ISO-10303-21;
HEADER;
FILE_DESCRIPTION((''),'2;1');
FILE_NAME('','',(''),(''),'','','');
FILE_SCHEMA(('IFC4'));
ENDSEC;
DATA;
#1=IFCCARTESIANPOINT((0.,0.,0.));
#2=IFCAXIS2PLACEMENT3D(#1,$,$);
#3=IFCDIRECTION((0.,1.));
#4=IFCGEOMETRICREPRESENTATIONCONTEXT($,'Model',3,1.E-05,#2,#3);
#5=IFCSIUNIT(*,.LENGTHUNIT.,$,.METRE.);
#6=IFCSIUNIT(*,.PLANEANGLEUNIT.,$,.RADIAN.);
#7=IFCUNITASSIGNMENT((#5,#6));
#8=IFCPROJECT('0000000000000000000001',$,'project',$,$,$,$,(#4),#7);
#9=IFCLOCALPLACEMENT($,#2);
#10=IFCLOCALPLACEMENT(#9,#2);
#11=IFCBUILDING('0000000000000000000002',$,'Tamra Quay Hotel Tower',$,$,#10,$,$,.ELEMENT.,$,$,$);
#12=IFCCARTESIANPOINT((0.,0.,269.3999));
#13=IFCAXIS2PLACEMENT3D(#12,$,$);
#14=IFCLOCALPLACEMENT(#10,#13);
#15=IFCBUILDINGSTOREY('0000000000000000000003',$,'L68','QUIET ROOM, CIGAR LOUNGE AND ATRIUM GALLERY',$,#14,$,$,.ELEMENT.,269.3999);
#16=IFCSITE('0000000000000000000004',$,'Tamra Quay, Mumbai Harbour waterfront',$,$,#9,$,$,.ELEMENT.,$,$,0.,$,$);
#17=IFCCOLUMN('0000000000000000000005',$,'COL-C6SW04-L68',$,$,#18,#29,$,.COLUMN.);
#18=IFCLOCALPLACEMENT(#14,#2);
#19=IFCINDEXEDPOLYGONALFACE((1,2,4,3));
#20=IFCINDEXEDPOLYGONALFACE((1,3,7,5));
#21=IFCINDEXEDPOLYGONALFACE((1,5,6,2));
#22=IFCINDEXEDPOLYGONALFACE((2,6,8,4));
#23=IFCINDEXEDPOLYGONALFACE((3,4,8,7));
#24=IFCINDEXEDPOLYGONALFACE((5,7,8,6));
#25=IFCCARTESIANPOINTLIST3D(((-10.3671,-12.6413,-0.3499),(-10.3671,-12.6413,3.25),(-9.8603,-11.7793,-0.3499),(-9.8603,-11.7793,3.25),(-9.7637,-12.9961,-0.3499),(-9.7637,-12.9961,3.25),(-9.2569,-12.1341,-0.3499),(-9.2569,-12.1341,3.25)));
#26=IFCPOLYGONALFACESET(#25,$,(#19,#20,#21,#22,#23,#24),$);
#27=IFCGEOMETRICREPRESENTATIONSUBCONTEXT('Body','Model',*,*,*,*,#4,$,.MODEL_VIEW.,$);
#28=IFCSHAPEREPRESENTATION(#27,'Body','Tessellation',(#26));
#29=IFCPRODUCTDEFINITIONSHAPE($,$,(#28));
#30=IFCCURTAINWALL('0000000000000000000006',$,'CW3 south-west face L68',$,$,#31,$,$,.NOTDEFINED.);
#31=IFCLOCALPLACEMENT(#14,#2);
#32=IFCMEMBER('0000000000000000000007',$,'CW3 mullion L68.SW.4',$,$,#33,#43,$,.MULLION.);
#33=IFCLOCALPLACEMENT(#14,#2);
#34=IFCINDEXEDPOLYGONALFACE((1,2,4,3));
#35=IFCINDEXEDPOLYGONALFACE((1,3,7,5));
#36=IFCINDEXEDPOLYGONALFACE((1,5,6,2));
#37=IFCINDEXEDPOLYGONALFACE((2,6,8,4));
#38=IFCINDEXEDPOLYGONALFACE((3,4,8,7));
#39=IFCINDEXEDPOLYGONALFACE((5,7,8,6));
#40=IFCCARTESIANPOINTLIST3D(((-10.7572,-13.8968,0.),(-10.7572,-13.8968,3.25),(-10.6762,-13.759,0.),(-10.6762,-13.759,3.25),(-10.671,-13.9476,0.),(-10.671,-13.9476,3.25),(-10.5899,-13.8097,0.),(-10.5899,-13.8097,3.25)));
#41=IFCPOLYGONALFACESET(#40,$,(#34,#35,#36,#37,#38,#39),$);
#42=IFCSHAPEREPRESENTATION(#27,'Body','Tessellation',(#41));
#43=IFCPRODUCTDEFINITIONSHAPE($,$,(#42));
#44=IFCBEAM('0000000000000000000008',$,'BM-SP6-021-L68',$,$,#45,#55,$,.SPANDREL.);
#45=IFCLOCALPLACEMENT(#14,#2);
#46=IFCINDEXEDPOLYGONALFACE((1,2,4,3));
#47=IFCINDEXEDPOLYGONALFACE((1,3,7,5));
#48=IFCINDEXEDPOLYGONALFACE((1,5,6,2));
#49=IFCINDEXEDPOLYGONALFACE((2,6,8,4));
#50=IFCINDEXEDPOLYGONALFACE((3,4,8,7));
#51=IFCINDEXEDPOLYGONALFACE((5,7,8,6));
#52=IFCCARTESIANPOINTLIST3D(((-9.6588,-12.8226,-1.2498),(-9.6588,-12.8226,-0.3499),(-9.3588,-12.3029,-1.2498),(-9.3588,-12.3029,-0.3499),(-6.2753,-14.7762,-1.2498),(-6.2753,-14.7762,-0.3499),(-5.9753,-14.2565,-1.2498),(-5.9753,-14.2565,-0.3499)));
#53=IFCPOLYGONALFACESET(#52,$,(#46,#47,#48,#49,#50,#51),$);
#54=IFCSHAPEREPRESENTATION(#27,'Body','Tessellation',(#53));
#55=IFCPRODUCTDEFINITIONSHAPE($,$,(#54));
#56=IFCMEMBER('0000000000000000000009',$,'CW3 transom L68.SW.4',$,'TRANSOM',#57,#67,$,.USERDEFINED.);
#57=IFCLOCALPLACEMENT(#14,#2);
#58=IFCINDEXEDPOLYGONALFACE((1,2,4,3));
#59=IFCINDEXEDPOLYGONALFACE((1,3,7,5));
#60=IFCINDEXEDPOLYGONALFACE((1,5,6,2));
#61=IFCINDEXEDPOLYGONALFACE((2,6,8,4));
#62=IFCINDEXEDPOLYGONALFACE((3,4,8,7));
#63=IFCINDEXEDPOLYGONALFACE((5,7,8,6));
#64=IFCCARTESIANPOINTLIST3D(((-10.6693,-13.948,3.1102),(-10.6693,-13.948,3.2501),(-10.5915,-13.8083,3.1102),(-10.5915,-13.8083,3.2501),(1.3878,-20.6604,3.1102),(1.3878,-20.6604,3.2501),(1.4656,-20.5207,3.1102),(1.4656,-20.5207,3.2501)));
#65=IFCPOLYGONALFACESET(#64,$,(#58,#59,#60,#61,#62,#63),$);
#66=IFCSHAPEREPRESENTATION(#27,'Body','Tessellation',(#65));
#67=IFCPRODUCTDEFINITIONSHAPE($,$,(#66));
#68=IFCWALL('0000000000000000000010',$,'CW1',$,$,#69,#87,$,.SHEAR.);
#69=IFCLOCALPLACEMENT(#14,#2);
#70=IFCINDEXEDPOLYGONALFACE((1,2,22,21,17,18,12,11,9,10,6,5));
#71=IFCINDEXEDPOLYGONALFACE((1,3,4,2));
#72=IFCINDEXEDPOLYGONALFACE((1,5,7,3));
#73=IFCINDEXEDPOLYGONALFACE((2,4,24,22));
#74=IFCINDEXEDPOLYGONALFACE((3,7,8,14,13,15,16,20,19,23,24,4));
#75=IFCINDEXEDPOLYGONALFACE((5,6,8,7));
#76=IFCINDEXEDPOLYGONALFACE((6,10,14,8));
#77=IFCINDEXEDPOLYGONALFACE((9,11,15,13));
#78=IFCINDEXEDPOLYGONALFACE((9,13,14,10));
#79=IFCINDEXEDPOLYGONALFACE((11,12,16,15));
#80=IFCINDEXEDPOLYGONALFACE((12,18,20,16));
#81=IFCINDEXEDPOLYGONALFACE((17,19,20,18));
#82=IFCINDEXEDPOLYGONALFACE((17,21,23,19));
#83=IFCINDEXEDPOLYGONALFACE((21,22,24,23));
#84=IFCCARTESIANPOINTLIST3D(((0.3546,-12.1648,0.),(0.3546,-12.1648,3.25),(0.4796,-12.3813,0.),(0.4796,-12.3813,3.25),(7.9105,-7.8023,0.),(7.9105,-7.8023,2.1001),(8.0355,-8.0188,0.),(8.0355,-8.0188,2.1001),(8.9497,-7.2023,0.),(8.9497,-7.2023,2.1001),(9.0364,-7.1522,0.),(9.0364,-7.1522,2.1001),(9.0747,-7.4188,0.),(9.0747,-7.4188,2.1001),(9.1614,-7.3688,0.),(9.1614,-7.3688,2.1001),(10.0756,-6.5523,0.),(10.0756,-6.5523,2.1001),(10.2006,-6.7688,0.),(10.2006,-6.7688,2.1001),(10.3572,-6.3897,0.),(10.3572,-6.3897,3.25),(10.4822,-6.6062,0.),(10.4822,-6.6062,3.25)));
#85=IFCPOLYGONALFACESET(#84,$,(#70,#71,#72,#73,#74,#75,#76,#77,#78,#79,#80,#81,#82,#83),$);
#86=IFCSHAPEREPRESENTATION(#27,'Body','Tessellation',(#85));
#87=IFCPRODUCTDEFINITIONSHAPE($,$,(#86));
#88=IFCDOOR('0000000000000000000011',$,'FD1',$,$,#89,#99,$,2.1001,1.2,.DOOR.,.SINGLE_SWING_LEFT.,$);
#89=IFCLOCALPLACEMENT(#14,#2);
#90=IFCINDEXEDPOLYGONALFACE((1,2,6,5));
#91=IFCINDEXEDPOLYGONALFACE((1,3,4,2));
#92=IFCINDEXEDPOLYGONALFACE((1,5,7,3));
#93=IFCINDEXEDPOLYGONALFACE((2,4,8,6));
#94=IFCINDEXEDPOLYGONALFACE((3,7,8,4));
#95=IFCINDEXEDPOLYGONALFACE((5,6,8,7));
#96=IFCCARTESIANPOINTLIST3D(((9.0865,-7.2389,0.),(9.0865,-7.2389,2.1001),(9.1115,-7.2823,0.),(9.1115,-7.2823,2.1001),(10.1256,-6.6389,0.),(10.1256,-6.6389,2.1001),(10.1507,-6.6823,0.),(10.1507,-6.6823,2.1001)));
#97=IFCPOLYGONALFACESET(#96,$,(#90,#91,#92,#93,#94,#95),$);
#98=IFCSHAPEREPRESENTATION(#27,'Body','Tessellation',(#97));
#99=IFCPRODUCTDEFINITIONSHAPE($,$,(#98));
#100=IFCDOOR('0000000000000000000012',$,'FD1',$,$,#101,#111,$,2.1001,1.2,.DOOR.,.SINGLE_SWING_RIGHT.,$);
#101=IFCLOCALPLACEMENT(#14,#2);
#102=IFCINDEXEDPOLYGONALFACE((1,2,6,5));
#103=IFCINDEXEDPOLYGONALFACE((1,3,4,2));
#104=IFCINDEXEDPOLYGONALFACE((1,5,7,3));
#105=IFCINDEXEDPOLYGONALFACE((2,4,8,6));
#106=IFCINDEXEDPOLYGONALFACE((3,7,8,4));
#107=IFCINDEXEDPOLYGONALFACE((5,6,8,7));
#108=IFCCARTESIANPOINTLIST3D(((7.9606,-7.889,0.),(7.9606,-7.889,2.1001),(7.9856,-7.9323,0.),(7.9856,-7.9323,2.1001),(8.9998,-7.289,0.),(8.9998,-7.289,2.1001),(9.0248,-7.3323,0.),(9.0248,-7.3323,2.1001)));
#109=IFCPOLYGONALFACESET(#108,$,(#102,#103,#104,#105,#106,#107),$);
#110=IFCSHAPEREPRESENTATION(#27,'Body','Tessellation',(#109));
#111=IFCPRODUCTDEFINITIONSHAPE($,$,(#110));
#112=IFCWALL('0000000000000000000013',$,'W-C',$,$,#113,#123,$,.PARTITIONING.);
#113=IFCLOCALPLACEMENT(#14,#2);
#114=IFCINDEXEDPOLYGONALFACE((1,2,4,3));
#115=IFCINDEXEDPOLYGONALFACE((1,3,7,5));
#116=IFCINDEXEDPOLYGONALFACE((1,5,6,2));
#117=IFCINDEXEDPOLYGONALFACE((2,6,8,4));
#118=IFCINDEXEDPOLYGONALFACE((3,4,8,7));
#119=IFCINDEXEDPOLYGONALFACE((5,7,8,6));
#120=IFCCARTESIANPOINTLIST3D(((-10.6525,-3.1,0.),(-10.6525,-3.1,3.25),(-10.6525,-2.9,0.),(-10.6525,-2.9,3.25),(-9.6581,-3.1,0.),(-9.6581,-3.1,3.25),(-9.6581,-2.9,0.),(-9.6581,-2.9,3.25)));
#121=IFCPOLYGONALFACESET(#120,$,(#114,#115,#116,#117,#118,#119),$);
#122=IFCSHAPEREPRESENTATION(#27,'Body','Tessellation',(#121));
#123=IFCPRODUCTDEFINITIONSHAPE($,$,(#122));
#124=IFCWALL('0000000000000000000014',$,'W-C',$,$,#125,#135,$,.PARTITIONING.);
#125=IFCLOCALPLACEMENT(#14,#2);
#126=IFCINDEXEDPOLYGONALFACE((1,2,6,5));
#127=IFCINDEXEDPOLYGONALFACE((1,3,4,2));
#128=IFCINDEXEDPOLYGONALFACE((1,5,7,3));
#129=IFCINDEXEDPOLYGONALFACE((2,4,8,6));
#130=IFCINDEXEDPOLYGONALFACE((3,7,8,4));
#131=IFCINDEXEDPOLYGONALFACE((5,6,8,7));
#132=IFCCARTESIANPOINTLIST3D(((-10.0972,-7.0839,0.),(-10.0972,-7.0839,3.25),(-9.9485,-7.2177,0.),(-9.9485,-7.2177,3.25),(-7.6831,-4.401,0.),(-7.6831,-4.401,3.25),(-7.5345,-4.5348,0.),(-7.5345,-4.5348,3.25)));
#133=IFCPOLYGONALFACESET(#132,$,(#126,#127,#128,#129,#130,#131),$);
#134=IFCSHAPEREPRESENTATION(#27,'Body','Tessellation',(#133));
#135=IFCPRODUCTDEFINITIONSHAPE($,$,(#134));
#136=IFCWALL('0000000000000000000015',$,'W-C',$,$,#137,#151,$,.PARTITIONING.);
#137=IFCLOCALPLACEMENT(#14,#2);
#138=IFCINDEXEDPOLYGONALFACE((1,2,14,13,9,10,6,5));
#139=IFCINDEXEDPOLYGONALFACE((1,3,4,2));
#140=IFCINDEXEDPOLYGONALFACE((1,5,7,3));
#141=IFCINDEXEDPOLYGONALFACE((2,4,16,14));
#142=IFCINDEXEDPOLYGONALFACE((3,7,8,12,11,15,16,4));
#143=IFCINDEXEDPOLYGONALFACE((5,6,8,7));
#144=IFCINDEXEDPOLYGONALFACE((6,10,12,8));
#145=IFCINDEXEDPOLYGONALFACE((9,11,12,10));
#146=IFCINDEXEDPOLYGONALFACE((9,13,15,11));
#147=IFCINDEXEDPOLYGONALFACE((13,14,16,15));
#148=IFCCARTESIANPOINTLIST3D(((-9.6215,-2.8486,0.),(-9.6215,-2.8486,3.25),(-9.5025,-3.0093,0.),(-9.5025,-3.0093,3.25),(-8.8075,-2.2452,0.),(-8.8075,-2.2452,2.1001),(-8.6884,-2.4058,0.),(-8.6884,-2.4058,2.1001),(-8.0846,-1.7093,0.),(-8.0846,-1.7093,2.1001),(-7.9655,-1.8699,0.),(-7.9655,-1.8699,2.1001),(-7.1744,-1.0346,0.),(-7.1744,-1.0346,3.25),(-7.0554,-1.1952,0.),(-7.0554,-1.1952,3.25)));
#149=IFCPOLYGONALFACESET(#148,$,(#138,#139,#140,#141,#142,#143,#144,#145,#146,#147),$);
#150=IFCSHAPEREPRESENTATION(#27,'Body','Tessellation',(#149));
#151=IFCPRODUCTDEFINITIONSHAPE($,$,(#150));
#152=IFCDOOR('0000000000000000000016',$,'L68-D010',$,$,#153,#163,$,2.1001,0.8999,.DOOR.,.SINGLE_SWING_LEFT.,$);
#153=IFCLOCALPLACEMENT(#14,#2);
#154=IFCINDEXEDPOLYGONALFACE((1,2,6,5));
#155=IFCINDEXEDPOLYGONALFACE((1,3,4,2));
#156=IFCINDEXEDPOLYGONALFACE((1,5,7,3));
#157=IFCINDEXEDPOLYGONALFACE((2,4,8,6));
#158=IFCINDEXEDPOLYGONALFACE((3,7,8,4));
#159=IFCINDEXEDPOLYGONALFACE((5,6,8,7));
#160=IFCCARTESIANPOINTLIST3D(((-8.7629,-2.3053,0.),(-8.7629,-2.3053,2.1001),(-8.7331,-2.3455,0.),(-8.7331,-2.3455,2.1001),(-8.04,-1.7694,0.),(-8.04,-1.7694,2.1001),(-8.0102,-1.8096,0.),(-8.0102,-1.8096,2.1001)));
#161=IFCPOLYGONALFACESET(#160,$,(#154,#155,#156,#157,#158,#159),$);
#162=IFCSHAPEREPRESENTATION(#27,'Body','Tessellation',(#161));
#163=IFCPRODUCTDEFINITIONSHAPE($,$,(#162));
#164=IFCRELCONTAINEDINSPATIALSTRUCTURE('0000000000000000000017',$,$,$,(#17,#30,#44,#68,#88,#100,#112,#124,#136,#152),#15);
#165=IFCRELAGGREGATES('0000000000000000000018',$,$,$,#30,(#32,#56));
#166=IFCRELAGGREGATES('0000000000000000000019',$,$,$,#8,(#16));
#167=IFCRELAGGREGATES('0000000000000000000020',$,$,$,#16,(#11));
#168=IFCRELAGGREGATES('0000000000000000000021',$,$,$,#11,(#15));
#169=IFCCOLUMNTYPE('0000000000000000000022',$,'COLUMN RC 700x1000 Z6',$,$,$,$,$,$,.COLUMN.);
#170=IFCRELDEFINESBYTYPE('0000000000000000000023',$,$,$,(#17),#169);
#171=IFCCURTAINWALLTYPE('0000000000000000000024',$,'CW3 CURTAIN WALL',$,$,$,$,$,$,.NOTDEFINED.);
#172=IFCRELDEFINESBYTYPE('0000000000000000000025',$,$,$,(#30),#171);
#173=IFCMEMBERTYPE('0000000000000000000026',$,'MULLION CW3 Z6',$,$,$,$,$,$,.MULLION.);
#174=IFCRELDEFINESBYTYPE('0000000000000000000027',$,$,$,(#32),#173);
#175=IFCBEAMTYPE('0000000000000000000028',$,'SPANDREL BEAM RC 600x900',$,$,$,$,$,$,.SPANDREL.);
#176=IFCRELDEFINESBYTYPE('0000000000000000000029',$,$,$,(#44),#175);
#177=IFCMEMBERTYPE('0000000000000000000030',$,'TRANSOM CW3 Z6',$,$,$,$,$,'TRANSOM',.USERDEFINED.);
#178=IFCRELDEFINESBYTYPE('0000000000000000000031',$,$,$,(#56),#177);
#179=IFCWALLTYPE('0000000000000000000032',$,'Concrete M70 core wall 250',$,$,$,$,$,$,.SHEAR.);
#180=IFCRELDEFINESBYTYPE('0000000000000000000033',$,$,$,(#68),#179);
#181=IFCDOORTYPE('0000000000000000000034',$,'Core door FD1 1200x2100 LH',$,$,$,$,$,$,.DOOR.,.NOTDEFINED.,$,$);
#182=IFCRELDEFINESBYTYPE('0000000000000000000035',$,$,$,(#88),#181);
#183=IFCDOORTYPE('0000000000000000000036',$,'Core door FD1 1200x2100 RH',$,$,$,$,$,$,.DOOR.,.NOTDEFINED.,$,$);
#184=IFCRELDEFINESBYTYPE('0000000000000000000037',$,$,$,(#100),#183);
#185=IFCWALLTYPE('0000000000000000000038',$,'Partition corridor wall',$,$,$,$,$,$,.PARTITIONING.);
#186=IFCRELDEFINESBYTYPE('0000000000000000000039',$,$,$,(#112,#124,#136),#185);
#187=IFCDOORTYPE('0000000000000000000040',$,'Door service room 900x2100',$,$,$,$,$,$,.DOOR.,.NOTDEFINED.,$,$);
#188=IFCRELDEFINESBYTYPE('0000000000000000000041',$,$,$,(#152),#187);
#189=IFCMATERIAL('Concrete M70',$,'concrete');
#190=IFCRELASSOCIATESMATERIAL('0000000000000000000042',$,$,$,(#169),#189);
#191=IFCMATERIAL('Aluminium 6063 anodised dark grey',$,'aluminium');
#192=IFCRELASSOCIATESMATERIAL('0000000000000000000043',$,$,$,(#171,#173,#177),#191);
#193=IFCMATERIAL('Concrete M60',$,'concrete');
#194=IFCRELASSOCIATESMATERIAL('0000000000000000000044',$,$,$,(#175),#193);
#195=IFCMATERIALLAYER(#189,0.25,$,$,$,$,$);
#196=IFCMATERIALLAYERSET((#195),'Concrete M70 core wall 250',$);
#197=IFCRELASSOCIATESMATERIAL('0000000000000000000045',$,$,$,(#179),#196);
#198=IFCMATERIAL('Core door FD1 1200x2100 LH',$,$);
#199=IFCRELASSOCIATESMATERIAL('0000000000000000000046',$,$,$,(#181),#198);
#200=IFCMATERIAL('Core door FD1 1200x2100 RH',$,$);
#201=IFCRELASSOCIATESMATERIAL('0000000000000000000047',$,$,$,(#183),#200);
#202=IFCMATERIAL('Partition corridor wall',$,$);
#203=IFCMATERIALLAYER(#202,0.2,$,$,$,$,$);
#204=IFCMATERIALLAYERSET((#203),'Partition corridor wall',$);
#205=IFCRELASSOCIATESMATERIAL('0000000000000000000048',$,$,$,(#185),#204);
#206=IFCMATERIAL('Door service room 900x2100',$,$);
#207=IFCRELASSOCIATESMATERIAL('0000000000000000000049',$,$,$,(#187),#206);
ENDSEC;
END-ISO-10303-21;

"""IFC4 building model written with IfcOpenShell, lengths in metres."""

from ifc_helpers import new_model, si_unit, direction, frame, frame_2d, origin, origin_2d, place, context, subcontext, project, spatial, rectangle, extrude, material, layer, layer_set, material_profile, profile_set, type_object, element, fill, aggregate, save


model = new_model("IFC4")

# Units and contexts
model_context = context("Model", 3, precision=1e-05, world=origin(), true_north=direction((0.0, 1.0)))
body_context = subcontext(model_context, "Body", "Model", "MODEL_VIEW")
ifc_project = project(units=[si_unit("LENGTHUNIT", "METRE"), si_unit("PLANEANGLEUNIT", "RADIAN")], contexts=[model_context])

# Site, building, storey
site_placement = place(None, origin())
site = spatial("IfcSite", under=ifc_project, at=site_placement, Name="Tamra Quay, Mumbai Harbour waterfront", CompositionType="ELEMENT", RefElevation=0.0)
building_placement = place(site_placement, origin())
building = spatial("IfcBuilding", under=site, at=building_placement, Name="Tamra Quay Hotel Tower", CompositionType="ELEMENT")
storey_placement = place(building_placement, frame((0.0, 0.0, 269.3999)))
storey = spatial("IfcBuildingStorey", under=building, at=storey_placement, Name="L68", Description="QUIET ROOM, CIGAR LOUNGE AND ATRIUM GALLERY", CompositionType="ELEMENT", Elevation=269.3999)

# Column
ifc_material_1 = material(Name="Concrete M70", Category="concrete")
ifc_material_profile_1 = material_profile(ifc_material_1, rectangle(XDim=1.0, YDim=0.7, at=origin_2d()), Name="COLUMN RC 700x1000 Z6")
ifc_profile_set_1 = profile_set([ifc_material_profile_1], Name="Concrete M70")
column_type = type_object("IfcColumnType", Name="COLUMN RC 700x1000 Z6", PredefinedType="COLUMN", material=ifc_profile_set_1)
column_placement = place(storey_placement, frame((-9.812, -12.3877, -0.3499), z_axis=(0.0, 0.0, 1.0), x_axis=(0.506843, 0.862038, 0.0)))
element("IfcColumn", 1, at=column_placement, inside=storey, type_object=column_type, Name="COL-C6SW04-L68", PredefinedType="COLUMN", context=body_context, shape_type="SweptSolid", body=[
    extrude(rectangle(XDim=1.0, YDim=0.7, at=origin_2d()), origin(), (0.0, 0.0, 1.0), 3.5999),
])

# Curtain wall, member
ifc_material_2 = material(Name="Aluminium 6063 anodised dark grey", Category="aluminium")
curtain_wall_type = type_object("IfcCurtainWallType", Name="CW3 CURTAIN WALL", PredefinedType="NOTDEFINED", material=ifc_material_2)
curtain_wall_placement = place(storey_placement, origin())
curtain_wall = element("IfcCurtainWall", 2, at=curtain_wall_placement, inside=storey, type_object=curtain_wall_type, Name="CW3 south-west face L68", PredefinedType="NOTDEFINED")
ifc_material_profile_2 = material_profile(ifc_material_2, rectangle(XDim=0.1599, YDim=0.1001, at=origin_2d()), Name="MULLION 100X160")
ifc_profile_set_2 = profile_set([ifc_material_profile_2], Name="Aluminium 6063 anodised dark grey")
member_type_1 = type_object("IfcMemberType", Name="MULLION CW3 Z6", PredefinedType="MULLION", material=ifc_profile_set_2)
member_1_placement = place(storey_placement, frame((-10.6736, -13.8533, 0.0), z_axis=(0.0, 0.0, 1.0), x_axis=(-0.506754, -0.862091, 0.0)))
member_1 = element("IfcMember", 3, at=member_1_placement, type_object=member_type_1, Name="CW3 mullion L68.SW.4", PredefinedType="MULLION", context=body_context, shape_type="SweptSolid", body=[
    extrude(rectangle(XDim=0.1599, YDim=0.1001, at=origin_2d()), origin(), (0.0, 0.0, 1.0), 3.25),
])

# Beam
ifc_material_3 = material(Name="Concrete M60", Category="concrete")
ifc_material_profile_3 = material_profile(ifc_material_3, rectangle(XDim=0.6001, YDim=0.8999, at=origin_2d()), Name="SPANDREL BEAM RC 600x900")
ifc_profile_set_3 = profile_set([ifc_material_profile_3], Name="Concrete M60")
beam_type = type_object("IfcBeamType", Name="SPANDREL BEAM RC 600x900", PredefinedType="SPANDREL", material=ifc_profile_set_3)
beam_placement = place(storey_placement, frame((-9.5088, -12.5627, -0.7998), z_axis=(0.866012, -0.500024, 0.0), x_axis=(0.500024, 0.866012, 0.0)))
element("IfcBeam", 4, at=beam_placement, inside=storey, type_object=beam_type, Name="BM-SP6-021-L68", PredefinedType="SPANDREL", context=body_context, shape_type="SweptSolid", body=[
    extrude(rectangle(XDim=0.6001, YDim=0.8999, at=origin_2d()), origin(), (0.0, 0.0, 1.0), 3.907),
])

# Member
ifc_material_profile_4 = material_profile(ifc_material_2, rectangle(XDim=0.1599, YDim=0.1399, at=origin_2d()), Name="TRANSOM 160X140")
ifc_profile_set_4 = profile_set([ifc_material_profile_4], Name="Aluminium 6063 anodised dark grey")
member_type_2 = type_object("IfcMemberType", Name="TRANSOM CW3 Z6", ElementType="TRANSOM", PredefinedType="USERDEFINED", material=ifc_profile_set_4)
member_2_placement = place(storey_placement, frame((-10.6304, -13.8782, 3.1802), z_axis=(0.873726, -0.486418, 0.0), x_axis=(0.486418, 0.873726, 0.0)))
member_2 = element("IfcMember", 5, at=member_2_placement, type_object=member_type_2, Name="CW3 transom L68.SW.4", ObjectType="TRANSOM", PredefinedType="USERDEFINED", context=body_context, shape_type="SweptSolid", body=[
    extrude(rectangle(XDim=0.1599, YDim=0.1399, at=origin_2d()), origin(), (0.0, 0.0, 1.0), 13.7996),
])
aggregate(curtain_wall, [member_1, member_2])

# Wall, openings, doors
ifc_layer_1 = layer(ifc_material_1, 0.25)
ifc_layer_set_1 = layer_set([ifc_layer_1], Name="Concrete M70 core wall 250")
wall_type_1 = type_object("IfcWallType", Name="Concrete M70 core wall 250", PredefinedType="SHEAR", material=ifc_layer_set_1)
wall_1_placement = place(storey_placement, frame((0.4172, -12.2729, 0.0), z_axis=(0.0, 0.0, 1.0), x_axis=(0.866022, 0.500006, 0.0)))
wall_1 = element("IfcWall", 6, at=wall_1_placement, inside=storey, type_object=wall_type_1, Name="CW1", PredefinedType="SHEAR", context=body_context, shape_type="SweptSolid", body=[
    extrude(rectangle(XDim=11.55, YDim=0.25, at=frame_2d((5.7749, 0.0))), origin(), (0.0, 0.0, 1.0), 3.25),
])
opening_1_placement = place(wall_1_placement, frame((10.0247, 0.0, 0.0)))
opening_1 = element("IfcOpeningElement", 7, at=opening_1_placement, cuts=wall_1, PredefinedType="OPENING", context=body_context, shape_type="SweptSolid", body=[
    extrude(rectangle(XDim=1.2, YDim=2.1001, at=frame_2d((0.6001, 1.05))), frame((0.0, 0.135, 0.0), z_axis=(0.0, -1.0, 0.0), x_axis=(1.0, 0.0, 0.0)), (0.0, 0.0, 1.0), 0.27),
])
opening_2_placement = place(wall_1_placement, frame((8.7246, 0.0, 0.0)))
opening_2 = element("IfcOpeningElement", 8, at=opening_2_placement, cuts=wall_1, PredefinedType="OPENING", context=body_context, shape_type="SweptSolid", body=[
    extrude(rectangle(XDim=1.2, YDim=2.1001, at=frame_2d((0.6001, 1.05))), frame((0.0, 0.135, 0.0), z_axis=(0.0, -1.0, 0.0), x_axis=(1.0, 0.0, 0.0)), (0.0, 0.0, 1.0), 0.27),
])
ifc_material_4 = material(Name="Core door FD1 1200x2100 LH")
door_type_1 = type_object("IfcDoorType", Name="Core door FD1 1200x2100 LH", OperationType="NOTDEFINED", PredefinedType="DOOR", material=ifc_material_4)
door_1_placement = place(opening_1_placement, origin())
door_1 = element("IfcDoor", 9, at=door_1_placement, inside=storey, type_object=door_type_1, Name="FD1", OperationType="SINGLE_SWING_LEFT", OverallHeight=2.1001, OverallWidth=1.2, PredefinedType="DOOR", context=body_context, shape_type="SweptSolid", body=[
    extrude(rectangle(XDim=1.2, YDim=2.1001, at=frame_2d((0.6001, 1.05))), frame((0.0, 0.0249, 0.0), z_axis=(0.0, -1.0, 0.0), x_axis=(1.0, 0.0, 0.0)), (0.0, 0.0, 1.0), 0.05),
])
fill(opening_1, door_1)
ifc_material_5 = material(Name="Core door FD1 1200x2100 RH")
door_type_2 = type_object("IfcDoorType", Name="Core door FD1 1200x2100 RH", OperationType="NOTDEFINED", PredefinedType="DOOR", material=ifc_material_5)
door_2_placement = place(opening_2_placement, origin())
door_2 = element("IfcDoor", 10, at=door_2_placement, inside=storey, type_object=door_type_2, Name="FD1", OperationType="SINGLE_SWING_RIGHT", OverallHeight=2.1001, OverallWidth=1.2, PredefinedType="DOOR", context=body_context, shape_type="SweptSolid", body=[
    extrude(rectangle(XDim=1.2, YDim=2.1001, at=frame_2d((0.6001, 1.05))), frame((0.0, 0.0249, 0.0), z_axis=(0.0, -1.0, 0.0), x_axis=(1.0, 0.0, 0.0)), (0.0, 0.0, 1.0), 0.05),
])
fill(opening_2, door_2)

# Walls
ifc_material_6 = material(Name="Partition corridor wall")
ifc_layer_2 = layer(ifc_material_6, 0.2)
ifc_layer_set_2 = layer_set([ifc_layer_2], Name="Partition corridor wall")
wall_type_2 = type_object("IfcWallType", Name="Partition corridor wall", PredefinedType="PARTITIONING", material=ifc_layer_set_2)
wall_2_placement = place(storey_placement, frame((-10.6523, -3.0, 0.0), z_axis=(0.0, 0.0, 1.0), x_axis=(1.0, 0.0, 0.0)))
element("IfcWall", 11, at=wall_2_placement, inside=storey, type_object=wall_type_2, Name="W-C", PredefinedType="PARTITIONING", context=body_context, shape_type="SweptSolid", body=[
    extrude(rectangle(XDim=0.9944, YDim=0.2, at=frame_2d((0.4971, 0.0))), origin(), (0.0, 0.0, 1.0), 3.25),
])
wall_3_placement = place(storey_placement, frame((-10.0229, -7.1509, 0.0), z_axis=(0.0, 0.0, 1.0), x_axis=(0.668886, 0.743365, 0.0)))
element("IfcWall", 12, at=wall_3_placement, inside=storey, type_object=wall_type_2, Name="W-C", PredefinedType="PARTITIONING", context=body_context, shape_type="SweptSolid", body=[
    extrude(rectangle(XDim=3.6091, YDim=0.2, at=frame_2d((1.8047, 0.0))), origin(), (0.0, 0.0, 1.0), 3.25),
])

# Wall, opening, door
wall_4_placement = place(storey_placement, frame((-7.115, -1.115, 0.0), z_axis=(0.0, 0.0, 1.0), x_axis=(-0.803344, -0.595515, 0.0)))
wall_4 = element("IfcWall", 13, at=wall_4_placement, inside=storey, type_object=wall_type_2, Name="W-C", PredefinedType="PARTITIONING", context=body_context, shape_type="SweptSolid", body=[
    extrude(rectangle(XDim=3.0461, YDim=0.2, at=frame_2d((1.5229, 0.0))), origin(), (0.0, 0.0, 1.0), 3.25),
])
opening_3_placement = place(wall_4_placement, frame((1.1328, 0.0, 0.0)))
opening_3 = element("IfcOpeningElement", 14, at=opening_3_placement, cuts=wall_4, PredefinedType="OPENING", context=body_context, shape_type="SweptSolid", body=[
    extrude(rectangle(XDim=0.8999, YDim=2.1001, at=frame_2d((0.45, 1.05))), frame((0.0, 0.1099, 0.0), z_axis=(0.0, -1.0, 0.0), x_axis=(1.0, 0.0, 0.0)), (0.0, 0.0, 1.0), 0.22),
])
ifc_material_7 = material(Name="Door service room 900x2100")
door_type_3 = type_object("IfcDoorType", Name="Door service room 900x2100", OperationType="NOTDEFINED", PredefinedType="DOOR", material=ifc_material_7)
door_3_placement = place(opening_3_placement, origin())
door_3 = element("IfcDoor", 15, at=door_3_placement, inside=storey, type_object=door_type_3, Name="L68-D010", OperationType="SINGLE_SWING_LEFT", OverallHeight=2.1001, OverallWidth=0.8999, PredefinedType="DOOR", context=body_context, shape_type="SweptSolid", body=[
    extrude(rectangle(XDim=0.8999, YDim=2.1001, at=frame_2d((0.45, 1.05))), frame((0.0, 0.0249, 0.0), z_axis=(0.0, -1.0, 0.0), x_axis=(1.0, 0.0, 0.0)), (0.0, 0.0, 1.0), 0.05),
])
fill(opening_3, door_3)

save(model, "model.ifc")
